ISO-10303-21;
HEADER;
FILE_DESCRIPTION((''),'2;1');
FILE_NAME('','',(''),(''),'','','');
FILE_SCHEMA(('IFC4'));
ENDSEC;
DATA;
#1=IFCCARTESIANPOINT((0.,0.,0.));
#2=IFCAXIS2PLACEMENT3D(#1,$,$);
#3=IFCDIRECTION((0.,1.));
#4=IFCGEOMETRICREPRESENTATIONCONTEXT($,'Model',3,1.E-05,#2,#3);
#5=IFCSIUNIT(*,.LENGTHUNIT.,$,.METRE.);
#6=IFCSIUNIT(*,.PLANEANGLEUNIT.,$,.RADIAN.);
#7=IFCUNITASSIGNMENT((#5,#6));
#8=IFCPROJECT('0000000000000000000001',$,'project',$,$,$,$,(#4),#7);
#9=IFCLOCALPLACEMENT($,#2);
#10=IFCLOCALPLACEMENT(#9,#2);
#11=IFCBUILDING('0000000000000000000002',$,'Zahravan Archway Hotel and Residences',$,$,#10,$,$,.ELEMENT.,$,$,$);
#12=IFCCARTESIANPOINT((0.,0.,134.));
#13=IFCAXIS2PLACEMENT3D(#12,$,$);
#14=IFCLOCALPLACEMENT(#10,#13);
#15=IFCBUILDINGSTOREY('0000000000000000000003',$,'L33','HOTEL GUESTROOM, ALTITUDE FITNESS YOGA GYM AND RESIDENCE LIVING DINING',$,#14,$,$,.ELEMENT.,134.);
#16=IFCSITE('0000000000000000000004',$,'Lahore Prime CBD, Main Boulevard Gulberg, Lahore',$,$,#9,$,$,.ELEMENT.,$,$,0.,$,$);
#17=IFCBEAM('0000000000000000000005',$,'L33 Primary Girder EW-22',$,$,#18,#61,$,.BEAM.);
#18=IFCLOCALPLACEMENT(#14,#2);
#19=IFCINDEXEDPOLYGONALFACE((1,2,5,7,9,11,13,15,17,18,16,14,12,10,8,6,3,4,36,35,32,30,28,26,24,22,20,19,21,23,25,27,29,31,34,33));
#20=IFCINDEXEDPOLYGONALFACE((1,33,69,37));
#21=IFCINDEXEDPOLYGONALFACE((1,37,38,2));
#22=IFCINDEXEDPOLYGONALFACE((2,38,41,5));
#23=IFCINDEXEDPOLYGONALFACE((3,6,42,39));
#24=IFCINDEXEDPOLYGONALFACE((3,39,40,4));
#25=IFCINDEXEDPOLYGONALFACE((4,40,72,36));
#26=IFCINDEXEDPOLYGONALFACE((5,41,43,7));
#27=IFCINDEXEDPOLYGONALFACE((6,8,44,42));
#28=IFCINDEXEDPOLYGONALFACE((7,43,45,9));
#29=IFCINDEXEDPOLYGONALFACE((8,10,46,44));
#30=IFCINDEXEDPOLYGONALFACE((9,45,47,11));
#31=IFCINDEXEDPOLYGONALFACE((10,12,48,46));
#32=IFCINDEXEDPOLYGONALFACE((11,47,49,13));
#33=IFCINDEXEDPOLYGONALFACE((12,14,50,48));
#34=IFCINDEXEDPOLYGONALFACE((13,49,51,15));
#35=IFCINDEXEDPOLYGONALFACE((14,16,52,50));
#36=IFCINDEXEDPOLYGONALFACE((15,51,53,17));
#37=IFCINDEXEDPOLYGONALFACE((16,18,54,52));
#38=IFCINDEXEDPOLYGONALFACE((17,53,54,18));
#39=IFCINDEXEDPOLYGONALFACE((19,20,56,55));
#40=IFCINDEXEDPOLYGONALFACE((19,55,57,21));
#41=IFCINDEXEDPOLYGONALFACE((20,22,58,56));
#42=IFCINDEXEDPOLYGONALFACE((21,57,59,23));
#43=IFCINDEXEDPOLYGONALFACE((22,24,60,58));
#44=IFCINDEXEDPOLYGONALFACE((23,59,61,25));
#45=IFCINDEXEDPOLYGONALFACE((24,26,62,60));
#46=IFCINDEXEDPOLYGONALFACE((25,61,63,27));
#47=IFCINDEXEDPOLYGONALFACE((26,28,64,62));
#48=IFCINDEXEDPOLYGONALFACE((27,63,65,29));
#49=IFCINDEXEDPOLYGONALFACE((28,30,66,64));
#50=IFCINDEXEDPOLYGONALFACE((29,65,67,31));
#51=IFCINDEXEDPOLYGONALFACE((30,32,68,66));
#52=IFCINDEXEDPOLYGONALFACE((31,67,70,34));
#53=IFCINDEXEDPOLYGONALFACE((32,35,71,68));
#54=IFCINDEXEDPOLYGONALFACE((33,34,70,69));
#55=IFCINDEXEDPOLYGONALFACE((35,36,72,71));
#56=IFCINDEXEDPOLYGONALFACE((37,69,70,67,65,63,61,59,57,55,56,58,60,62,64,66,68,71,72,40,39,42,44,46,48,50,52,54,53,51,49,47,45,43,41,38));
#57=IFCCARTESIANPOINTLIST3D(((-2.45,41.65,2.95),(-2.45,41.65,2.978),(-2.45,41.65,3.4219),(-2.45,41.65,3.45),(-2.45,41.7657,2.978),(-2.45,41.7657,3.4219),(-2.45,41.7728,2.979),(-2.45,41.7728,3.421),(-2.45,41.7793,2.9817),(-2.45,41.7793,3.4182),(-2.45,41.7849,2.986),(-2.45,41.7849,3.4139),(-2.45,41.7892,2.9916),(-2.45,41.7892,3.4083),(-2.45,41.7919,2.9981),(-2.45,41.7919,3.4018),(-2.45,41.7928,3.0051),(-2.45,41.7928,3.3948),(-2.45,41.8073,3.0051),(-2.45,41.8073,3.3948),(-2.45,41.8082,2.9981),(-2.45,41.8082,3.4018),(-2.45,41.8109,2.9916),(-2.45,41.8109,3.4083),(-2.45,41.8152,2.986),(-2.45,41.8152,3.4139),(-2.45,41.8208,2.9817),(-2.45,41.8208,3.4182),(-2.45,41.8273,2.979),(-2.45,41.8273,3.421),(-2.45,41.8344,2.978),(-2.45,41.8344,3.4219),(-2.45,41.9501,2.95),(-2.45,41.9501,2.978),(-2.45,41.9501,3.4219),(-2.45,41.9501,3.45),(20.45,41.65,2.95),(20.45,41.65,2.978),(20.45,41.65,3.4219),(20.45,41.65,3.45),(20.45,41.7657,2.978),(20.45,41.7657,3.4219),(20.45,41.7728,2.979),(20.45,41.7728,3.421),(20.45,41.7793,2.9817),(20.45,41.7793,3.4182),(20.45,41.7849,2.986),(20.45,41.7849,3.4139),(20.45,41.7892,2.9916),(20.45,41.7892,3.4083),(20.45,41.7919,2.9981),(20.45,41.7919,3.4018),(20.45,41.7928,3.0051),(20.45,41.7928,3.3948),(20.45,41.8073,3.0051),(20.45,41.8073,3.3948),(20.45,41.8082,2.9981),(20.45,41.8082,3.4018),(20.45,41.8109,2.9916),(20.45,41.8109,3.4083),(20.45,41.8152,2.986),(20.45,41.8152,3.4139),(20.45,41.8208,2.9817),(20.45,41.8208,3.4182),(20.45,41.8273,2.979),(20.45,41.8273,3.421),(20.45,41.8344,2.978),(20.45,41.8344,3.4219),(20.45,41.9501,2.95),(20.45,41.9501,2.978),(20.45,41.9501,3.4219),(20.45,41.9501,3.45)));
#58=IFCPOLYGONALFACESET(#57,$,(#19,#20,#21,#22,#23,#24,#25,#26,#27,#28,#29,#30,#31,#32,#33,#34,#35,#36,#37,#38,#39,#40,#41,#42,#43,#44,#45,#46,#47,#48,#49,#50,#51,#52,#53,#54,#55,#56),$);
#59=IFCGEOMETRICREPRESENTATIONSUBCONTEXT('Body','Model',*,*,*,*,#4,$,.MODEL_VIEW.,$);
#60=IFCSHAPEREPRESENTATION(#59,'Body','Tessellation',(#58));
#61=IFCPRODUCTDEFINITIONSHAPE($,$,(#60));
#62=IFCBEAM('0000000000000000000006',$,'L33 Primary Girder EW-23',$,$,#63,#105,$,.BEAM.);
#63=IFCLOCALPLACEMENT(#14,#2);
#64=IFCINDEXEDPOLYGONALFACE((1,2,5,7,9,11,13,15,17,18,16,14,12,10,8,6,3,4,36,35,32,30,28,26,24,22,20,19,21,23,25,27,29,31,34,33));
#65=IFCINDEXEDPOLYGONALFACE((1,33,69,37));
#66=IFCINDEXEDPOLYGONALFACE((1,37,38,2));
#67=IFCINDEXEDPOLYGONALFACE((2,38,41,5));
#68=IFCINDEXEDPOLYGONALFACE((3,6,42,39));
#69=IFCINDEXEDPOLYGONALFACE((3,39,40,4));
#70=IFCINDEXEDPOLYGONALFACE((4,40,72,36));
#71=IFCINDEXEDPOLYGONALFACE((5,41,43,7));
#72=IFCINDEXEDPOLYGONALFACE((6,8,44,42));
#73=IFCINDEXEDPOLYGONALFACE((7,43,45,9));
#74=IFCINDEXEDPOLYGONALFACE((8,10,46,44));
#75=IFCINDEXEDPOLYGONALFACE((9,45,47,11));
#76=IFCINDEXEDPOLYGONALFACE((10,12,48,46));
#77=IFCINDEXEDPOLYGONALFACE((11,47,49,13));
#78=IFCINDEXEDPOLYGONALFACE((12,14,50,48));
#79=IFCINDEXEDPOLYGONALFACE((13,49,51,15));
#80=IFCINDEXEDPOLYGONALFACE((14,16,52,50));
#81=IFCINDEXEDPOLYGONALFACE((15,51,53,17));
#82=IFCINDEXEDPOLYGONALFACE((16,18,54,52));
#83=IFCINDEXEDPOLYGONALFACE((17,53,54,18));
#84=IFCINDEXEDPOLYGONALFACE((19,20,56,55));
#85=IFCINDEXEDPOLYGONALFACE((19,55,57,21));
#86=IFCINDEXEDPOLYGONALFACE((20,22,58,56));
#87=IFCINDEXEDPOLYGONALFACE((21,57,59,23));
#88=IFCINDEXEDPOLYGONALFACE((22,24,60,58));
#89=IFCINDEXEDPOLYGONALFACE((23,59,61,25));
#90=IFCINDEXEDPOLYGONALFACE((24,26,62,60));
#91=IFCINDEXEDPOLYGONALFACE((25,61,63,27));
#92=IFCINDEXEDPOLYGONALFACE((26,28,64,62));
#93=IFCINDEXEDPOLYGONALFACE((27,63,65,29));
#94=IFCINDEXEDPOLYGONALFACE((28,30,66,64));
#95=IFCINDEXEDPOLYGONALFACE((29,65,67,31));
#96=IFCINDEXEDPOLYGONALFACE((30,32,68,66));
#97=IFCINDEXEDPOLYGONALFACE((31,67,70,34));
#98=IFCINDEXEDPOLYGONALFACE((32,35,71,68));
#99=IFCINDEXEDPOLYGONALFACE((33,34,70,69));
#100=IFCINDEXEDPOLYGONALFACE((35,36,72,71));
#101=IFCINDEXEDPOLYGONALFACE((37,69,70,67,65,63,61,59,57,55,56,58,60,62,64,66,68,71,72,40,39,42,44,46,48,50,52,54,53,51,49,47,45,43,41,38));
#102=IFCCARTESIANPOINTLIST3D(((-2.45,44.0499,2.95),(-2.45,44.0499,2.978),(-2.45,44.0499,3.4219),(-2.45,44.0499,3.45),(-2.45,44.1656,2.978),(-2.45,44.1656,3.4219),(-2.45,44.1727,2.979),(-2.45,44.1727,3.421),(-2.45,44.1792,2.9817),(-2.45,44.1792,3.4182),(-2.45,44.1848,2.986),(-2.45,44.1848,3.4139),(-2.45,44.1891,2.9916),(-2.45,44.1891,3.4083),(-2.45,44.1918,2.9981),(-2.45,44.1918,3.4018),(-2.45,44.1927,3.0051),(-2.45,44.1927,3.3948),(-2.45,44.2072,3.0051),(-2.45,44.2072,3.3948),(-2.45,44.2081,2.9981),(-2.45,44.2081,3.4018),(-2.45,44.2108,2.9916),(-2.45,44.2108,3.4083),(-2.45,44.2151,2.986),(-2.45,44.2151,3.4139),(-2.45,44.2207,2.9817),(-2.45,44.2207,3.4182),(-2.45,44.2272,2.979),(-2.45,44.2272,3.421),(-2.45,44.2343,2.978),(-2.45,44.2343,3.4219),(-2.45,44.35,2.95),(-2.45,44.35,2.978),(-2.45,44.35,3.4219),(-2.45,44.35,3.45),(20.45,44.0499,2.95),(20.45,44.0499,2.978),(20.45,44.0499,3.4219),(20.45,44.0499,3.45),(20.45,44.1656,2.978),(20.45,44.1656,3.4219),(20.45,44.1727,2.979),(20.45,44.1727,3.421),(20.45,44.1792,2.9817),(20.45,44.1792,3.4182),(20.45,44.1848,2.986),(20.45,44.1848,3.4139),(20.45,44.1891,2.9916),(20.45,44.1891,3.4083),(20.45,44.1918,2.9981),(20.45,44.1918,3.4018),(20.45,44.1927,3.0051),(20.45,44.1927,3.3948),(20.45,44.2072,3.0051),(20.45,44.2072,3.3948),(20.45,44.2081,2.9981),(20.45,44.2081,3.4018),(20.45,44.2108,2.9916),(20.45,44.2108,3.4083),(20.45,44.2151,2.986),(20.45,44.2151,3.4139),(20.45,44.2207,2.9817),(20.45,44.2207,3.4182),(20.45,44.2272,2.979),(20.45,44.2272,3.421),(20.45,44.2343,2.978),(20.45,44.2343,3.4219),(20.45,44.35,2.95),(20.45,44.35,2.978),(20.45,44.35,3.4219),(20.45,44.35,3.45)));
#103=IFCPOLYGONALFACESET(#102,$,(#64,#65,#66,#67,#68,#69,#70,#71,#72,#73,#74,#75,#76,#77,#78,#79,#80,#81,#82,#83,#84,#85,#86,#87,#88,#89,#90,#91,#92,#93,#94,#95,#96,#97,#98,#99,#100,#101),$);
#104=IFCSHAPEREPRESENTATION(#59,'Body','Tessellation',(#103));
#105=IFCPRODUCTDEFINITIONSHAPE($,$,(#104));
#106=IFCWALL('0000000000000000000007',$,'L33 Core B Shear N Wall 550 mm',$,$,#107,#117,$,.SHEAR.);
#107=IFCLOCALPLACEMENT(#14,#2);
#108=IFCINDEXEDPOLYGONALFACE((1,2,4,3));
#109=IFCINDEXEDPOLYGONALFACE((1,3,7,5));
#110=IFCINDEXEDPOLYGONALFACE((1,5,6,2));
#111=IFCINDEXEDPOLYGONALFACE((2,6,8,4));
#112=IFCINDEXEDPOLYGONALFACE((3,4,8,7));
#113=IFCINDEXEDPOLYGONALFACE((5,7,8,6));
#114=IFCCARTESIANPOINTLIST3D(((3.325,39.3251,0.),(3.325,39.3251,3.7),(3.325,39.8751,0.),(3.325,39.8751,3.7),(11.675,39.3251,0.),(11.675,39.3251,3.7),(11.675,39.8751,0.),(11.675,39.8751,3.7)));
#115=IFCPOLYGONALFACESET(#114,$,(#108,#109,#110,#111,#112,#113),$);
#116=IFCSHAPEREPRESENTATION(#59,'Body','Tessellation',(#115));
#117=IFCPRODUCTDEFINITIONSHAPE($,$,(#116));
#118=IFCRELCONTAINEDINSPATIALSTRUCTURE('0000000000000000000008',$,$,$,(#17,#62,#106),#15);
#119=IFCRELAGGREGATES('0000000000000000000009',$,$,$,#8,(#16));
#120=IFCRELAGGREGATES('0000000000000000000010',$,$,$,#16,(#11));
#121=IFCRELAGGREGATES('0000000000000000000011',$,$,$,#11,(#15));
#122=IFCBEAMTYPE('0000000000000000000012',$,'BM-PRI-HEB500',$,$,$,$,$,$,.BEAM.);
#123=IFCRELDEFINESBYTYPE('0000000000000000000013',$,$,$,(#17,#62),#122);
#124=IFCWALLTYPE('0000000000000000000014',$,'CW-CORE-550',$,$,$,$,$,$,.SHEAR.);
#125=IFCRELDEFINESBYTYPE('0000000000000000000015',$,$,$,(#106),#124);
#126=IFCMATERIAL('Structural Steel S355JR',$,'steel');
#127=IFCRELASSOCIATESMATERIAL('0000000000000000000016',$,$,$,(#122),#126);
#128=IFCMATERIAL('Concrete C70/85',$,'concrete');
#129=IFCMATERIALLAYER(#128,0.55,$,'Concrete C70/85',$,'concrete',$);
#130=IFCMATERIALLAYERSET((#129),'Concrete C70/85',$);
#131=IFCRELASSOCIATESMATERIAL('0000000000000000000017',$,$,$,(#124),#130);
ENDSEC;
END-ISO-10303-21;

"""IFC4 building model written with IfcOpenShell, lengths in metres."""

from ifc_helpers import new_model, si_unit, direction, frame, frame_2d, origin, origin_2d, place, context, subcontext, project, spatial, rectangle, i_section, extrude, source, transform, mapped, material, layer, layer_set, material_profile, profile_set, type_object, element, save


model = new_model("IFC4")

# Units and contexts
model_context = context("Model", 3, precision=1e-05, world=origin(), true_north=direction((0.0, 1.0)))
body_context = subcontext(model_context, "Body", "Model", "MODEL_VIEW")
ifc_project = project(units=[si_unit("LENGTHUNIT", "METRE"), si_unit("PLANEANGLEUNIT", "RADIAN")], contexts=[model_context])

# Site, building, storey
site_placement = place(None, origin())
site = spatial("IfcSite", under=ifc_project, at=site_placement, Name="Lahore Prime CBD, Main Boulevard Gulberg, Lahore", CompositionType="ELEMENT", RefElevation=0.0)
building_placement = place(site_placement, origin())
building = spatial("IfcBuilding", under=site, at=building_placement, Name="Zahravan Archway Hotel and Residences", CompositionType="ELEMENT")
storey_placement = place(building_placement, frame((0.0, 0.0, 134.0)))
storey = spatial("IfcBuildingStorey", under=building, at=storey_placement, Name="L33", Description="HOTEL GUESTROOM, ALTITUDE FITNESS YOGA GYM AND RESIDENCE LIVING DINING", CompositionType="ELEMENT", Elevation=134.0)

# Beams
ifc_material_1 = material(Name="Structural Steel S355JR", Category="steel")
ifc_material_profile_1 = material_profile(ifc_material_1, i_section(OverallWidth=0.3, OverallDepth=0.5, WebThickness=0.0144, FlangeThickness=0.0281, FilletRadius=0.0271, at=origin_2d()), Name="HEB 500", Category="steel")
ifc_profile_set_1 = profile_set([ifc_material_profile_1], Name="Structural Steel S355JR")
beam_type_1 = type_object("IfcBeamType", Name="BM-PRI-HEB500", PredefinedType="BEAM", material=ifc_profile_set_1)
shared_shape_1 = source(origin(), body_context, "Body", "SweptSolid", [
    extrude(i_section(OverallWidth=0.3, OverallDepth=0.5, WebThickness=0.0144, FlangeThickness=0.0281, FilletRadius=0.0271, at=origin_2d()), origin(), (0.0, 0.0, 1.0), 22.8999),
])
for number, where, z_axis, x_axis, name in (
    (1, (-2.45, 41.8, 3.2), (1.0, 0.0, 0.0), (0.0, 1.0, 0.0), "L33 Primary Girder EW-22"),
    (2, (-2.45, 44.2, 3.2), (1.0, 0.0, 0.0), (0.0, 1.0, 0.0), "L33 Primary Girder EW-23"),
):
    element("IfcBeam", number, at=place(storey_placement, frame(where, z_axis=z_axis, x_axis=x_axis)), inside=storey, type_object=beam_type_1, Name=name, PredefinedType="BEAM", context=body_context, shape_type="MappedRepresentation", body=[
        mapped(shared_shape_1, transform((0.0, 0.0, 0.0), scale=1.0)),
    ])

# Wall
ifc_material_2 = material(Name="Concrete C70/85", Category="concrete")
ifc_layer_1 = layer(ifc_material_2, 0.55, Name="Concrete C70/85", Category="concrete")
ifc_layer_set_1 = layer_set([ifc_layer_1], Name="Concrete C70/85")
wall_type_1 = type_object("IfcWallType", Name="CW-CORE-550", PredefinedType="SHEAR", material=ifc_layer_set_1)
wall_1_placement = place(storey_placement, frame((3.325, 39.6001, 0.0), z_axis=(0.0, 0.0, 1.0), x_axis=(1.0, 0.0, 0.0)))
element("IfcWall", 3, at=wall_1_placement, inside=storey, type_object=wall_type_1, Name="L33 Core B Shear N Wall 550 mm", PredefinedType="SHEAR", context=body_context, shape_type="SweptSolid", body=[
    extrude(rectangle(XDim=8.3501, YDim=0.55, at=frame_2d((4.175, 0.0))), origin(), (0.0, 0.0, 1.0), 3.7),
])

save(model, "model.ifc")
